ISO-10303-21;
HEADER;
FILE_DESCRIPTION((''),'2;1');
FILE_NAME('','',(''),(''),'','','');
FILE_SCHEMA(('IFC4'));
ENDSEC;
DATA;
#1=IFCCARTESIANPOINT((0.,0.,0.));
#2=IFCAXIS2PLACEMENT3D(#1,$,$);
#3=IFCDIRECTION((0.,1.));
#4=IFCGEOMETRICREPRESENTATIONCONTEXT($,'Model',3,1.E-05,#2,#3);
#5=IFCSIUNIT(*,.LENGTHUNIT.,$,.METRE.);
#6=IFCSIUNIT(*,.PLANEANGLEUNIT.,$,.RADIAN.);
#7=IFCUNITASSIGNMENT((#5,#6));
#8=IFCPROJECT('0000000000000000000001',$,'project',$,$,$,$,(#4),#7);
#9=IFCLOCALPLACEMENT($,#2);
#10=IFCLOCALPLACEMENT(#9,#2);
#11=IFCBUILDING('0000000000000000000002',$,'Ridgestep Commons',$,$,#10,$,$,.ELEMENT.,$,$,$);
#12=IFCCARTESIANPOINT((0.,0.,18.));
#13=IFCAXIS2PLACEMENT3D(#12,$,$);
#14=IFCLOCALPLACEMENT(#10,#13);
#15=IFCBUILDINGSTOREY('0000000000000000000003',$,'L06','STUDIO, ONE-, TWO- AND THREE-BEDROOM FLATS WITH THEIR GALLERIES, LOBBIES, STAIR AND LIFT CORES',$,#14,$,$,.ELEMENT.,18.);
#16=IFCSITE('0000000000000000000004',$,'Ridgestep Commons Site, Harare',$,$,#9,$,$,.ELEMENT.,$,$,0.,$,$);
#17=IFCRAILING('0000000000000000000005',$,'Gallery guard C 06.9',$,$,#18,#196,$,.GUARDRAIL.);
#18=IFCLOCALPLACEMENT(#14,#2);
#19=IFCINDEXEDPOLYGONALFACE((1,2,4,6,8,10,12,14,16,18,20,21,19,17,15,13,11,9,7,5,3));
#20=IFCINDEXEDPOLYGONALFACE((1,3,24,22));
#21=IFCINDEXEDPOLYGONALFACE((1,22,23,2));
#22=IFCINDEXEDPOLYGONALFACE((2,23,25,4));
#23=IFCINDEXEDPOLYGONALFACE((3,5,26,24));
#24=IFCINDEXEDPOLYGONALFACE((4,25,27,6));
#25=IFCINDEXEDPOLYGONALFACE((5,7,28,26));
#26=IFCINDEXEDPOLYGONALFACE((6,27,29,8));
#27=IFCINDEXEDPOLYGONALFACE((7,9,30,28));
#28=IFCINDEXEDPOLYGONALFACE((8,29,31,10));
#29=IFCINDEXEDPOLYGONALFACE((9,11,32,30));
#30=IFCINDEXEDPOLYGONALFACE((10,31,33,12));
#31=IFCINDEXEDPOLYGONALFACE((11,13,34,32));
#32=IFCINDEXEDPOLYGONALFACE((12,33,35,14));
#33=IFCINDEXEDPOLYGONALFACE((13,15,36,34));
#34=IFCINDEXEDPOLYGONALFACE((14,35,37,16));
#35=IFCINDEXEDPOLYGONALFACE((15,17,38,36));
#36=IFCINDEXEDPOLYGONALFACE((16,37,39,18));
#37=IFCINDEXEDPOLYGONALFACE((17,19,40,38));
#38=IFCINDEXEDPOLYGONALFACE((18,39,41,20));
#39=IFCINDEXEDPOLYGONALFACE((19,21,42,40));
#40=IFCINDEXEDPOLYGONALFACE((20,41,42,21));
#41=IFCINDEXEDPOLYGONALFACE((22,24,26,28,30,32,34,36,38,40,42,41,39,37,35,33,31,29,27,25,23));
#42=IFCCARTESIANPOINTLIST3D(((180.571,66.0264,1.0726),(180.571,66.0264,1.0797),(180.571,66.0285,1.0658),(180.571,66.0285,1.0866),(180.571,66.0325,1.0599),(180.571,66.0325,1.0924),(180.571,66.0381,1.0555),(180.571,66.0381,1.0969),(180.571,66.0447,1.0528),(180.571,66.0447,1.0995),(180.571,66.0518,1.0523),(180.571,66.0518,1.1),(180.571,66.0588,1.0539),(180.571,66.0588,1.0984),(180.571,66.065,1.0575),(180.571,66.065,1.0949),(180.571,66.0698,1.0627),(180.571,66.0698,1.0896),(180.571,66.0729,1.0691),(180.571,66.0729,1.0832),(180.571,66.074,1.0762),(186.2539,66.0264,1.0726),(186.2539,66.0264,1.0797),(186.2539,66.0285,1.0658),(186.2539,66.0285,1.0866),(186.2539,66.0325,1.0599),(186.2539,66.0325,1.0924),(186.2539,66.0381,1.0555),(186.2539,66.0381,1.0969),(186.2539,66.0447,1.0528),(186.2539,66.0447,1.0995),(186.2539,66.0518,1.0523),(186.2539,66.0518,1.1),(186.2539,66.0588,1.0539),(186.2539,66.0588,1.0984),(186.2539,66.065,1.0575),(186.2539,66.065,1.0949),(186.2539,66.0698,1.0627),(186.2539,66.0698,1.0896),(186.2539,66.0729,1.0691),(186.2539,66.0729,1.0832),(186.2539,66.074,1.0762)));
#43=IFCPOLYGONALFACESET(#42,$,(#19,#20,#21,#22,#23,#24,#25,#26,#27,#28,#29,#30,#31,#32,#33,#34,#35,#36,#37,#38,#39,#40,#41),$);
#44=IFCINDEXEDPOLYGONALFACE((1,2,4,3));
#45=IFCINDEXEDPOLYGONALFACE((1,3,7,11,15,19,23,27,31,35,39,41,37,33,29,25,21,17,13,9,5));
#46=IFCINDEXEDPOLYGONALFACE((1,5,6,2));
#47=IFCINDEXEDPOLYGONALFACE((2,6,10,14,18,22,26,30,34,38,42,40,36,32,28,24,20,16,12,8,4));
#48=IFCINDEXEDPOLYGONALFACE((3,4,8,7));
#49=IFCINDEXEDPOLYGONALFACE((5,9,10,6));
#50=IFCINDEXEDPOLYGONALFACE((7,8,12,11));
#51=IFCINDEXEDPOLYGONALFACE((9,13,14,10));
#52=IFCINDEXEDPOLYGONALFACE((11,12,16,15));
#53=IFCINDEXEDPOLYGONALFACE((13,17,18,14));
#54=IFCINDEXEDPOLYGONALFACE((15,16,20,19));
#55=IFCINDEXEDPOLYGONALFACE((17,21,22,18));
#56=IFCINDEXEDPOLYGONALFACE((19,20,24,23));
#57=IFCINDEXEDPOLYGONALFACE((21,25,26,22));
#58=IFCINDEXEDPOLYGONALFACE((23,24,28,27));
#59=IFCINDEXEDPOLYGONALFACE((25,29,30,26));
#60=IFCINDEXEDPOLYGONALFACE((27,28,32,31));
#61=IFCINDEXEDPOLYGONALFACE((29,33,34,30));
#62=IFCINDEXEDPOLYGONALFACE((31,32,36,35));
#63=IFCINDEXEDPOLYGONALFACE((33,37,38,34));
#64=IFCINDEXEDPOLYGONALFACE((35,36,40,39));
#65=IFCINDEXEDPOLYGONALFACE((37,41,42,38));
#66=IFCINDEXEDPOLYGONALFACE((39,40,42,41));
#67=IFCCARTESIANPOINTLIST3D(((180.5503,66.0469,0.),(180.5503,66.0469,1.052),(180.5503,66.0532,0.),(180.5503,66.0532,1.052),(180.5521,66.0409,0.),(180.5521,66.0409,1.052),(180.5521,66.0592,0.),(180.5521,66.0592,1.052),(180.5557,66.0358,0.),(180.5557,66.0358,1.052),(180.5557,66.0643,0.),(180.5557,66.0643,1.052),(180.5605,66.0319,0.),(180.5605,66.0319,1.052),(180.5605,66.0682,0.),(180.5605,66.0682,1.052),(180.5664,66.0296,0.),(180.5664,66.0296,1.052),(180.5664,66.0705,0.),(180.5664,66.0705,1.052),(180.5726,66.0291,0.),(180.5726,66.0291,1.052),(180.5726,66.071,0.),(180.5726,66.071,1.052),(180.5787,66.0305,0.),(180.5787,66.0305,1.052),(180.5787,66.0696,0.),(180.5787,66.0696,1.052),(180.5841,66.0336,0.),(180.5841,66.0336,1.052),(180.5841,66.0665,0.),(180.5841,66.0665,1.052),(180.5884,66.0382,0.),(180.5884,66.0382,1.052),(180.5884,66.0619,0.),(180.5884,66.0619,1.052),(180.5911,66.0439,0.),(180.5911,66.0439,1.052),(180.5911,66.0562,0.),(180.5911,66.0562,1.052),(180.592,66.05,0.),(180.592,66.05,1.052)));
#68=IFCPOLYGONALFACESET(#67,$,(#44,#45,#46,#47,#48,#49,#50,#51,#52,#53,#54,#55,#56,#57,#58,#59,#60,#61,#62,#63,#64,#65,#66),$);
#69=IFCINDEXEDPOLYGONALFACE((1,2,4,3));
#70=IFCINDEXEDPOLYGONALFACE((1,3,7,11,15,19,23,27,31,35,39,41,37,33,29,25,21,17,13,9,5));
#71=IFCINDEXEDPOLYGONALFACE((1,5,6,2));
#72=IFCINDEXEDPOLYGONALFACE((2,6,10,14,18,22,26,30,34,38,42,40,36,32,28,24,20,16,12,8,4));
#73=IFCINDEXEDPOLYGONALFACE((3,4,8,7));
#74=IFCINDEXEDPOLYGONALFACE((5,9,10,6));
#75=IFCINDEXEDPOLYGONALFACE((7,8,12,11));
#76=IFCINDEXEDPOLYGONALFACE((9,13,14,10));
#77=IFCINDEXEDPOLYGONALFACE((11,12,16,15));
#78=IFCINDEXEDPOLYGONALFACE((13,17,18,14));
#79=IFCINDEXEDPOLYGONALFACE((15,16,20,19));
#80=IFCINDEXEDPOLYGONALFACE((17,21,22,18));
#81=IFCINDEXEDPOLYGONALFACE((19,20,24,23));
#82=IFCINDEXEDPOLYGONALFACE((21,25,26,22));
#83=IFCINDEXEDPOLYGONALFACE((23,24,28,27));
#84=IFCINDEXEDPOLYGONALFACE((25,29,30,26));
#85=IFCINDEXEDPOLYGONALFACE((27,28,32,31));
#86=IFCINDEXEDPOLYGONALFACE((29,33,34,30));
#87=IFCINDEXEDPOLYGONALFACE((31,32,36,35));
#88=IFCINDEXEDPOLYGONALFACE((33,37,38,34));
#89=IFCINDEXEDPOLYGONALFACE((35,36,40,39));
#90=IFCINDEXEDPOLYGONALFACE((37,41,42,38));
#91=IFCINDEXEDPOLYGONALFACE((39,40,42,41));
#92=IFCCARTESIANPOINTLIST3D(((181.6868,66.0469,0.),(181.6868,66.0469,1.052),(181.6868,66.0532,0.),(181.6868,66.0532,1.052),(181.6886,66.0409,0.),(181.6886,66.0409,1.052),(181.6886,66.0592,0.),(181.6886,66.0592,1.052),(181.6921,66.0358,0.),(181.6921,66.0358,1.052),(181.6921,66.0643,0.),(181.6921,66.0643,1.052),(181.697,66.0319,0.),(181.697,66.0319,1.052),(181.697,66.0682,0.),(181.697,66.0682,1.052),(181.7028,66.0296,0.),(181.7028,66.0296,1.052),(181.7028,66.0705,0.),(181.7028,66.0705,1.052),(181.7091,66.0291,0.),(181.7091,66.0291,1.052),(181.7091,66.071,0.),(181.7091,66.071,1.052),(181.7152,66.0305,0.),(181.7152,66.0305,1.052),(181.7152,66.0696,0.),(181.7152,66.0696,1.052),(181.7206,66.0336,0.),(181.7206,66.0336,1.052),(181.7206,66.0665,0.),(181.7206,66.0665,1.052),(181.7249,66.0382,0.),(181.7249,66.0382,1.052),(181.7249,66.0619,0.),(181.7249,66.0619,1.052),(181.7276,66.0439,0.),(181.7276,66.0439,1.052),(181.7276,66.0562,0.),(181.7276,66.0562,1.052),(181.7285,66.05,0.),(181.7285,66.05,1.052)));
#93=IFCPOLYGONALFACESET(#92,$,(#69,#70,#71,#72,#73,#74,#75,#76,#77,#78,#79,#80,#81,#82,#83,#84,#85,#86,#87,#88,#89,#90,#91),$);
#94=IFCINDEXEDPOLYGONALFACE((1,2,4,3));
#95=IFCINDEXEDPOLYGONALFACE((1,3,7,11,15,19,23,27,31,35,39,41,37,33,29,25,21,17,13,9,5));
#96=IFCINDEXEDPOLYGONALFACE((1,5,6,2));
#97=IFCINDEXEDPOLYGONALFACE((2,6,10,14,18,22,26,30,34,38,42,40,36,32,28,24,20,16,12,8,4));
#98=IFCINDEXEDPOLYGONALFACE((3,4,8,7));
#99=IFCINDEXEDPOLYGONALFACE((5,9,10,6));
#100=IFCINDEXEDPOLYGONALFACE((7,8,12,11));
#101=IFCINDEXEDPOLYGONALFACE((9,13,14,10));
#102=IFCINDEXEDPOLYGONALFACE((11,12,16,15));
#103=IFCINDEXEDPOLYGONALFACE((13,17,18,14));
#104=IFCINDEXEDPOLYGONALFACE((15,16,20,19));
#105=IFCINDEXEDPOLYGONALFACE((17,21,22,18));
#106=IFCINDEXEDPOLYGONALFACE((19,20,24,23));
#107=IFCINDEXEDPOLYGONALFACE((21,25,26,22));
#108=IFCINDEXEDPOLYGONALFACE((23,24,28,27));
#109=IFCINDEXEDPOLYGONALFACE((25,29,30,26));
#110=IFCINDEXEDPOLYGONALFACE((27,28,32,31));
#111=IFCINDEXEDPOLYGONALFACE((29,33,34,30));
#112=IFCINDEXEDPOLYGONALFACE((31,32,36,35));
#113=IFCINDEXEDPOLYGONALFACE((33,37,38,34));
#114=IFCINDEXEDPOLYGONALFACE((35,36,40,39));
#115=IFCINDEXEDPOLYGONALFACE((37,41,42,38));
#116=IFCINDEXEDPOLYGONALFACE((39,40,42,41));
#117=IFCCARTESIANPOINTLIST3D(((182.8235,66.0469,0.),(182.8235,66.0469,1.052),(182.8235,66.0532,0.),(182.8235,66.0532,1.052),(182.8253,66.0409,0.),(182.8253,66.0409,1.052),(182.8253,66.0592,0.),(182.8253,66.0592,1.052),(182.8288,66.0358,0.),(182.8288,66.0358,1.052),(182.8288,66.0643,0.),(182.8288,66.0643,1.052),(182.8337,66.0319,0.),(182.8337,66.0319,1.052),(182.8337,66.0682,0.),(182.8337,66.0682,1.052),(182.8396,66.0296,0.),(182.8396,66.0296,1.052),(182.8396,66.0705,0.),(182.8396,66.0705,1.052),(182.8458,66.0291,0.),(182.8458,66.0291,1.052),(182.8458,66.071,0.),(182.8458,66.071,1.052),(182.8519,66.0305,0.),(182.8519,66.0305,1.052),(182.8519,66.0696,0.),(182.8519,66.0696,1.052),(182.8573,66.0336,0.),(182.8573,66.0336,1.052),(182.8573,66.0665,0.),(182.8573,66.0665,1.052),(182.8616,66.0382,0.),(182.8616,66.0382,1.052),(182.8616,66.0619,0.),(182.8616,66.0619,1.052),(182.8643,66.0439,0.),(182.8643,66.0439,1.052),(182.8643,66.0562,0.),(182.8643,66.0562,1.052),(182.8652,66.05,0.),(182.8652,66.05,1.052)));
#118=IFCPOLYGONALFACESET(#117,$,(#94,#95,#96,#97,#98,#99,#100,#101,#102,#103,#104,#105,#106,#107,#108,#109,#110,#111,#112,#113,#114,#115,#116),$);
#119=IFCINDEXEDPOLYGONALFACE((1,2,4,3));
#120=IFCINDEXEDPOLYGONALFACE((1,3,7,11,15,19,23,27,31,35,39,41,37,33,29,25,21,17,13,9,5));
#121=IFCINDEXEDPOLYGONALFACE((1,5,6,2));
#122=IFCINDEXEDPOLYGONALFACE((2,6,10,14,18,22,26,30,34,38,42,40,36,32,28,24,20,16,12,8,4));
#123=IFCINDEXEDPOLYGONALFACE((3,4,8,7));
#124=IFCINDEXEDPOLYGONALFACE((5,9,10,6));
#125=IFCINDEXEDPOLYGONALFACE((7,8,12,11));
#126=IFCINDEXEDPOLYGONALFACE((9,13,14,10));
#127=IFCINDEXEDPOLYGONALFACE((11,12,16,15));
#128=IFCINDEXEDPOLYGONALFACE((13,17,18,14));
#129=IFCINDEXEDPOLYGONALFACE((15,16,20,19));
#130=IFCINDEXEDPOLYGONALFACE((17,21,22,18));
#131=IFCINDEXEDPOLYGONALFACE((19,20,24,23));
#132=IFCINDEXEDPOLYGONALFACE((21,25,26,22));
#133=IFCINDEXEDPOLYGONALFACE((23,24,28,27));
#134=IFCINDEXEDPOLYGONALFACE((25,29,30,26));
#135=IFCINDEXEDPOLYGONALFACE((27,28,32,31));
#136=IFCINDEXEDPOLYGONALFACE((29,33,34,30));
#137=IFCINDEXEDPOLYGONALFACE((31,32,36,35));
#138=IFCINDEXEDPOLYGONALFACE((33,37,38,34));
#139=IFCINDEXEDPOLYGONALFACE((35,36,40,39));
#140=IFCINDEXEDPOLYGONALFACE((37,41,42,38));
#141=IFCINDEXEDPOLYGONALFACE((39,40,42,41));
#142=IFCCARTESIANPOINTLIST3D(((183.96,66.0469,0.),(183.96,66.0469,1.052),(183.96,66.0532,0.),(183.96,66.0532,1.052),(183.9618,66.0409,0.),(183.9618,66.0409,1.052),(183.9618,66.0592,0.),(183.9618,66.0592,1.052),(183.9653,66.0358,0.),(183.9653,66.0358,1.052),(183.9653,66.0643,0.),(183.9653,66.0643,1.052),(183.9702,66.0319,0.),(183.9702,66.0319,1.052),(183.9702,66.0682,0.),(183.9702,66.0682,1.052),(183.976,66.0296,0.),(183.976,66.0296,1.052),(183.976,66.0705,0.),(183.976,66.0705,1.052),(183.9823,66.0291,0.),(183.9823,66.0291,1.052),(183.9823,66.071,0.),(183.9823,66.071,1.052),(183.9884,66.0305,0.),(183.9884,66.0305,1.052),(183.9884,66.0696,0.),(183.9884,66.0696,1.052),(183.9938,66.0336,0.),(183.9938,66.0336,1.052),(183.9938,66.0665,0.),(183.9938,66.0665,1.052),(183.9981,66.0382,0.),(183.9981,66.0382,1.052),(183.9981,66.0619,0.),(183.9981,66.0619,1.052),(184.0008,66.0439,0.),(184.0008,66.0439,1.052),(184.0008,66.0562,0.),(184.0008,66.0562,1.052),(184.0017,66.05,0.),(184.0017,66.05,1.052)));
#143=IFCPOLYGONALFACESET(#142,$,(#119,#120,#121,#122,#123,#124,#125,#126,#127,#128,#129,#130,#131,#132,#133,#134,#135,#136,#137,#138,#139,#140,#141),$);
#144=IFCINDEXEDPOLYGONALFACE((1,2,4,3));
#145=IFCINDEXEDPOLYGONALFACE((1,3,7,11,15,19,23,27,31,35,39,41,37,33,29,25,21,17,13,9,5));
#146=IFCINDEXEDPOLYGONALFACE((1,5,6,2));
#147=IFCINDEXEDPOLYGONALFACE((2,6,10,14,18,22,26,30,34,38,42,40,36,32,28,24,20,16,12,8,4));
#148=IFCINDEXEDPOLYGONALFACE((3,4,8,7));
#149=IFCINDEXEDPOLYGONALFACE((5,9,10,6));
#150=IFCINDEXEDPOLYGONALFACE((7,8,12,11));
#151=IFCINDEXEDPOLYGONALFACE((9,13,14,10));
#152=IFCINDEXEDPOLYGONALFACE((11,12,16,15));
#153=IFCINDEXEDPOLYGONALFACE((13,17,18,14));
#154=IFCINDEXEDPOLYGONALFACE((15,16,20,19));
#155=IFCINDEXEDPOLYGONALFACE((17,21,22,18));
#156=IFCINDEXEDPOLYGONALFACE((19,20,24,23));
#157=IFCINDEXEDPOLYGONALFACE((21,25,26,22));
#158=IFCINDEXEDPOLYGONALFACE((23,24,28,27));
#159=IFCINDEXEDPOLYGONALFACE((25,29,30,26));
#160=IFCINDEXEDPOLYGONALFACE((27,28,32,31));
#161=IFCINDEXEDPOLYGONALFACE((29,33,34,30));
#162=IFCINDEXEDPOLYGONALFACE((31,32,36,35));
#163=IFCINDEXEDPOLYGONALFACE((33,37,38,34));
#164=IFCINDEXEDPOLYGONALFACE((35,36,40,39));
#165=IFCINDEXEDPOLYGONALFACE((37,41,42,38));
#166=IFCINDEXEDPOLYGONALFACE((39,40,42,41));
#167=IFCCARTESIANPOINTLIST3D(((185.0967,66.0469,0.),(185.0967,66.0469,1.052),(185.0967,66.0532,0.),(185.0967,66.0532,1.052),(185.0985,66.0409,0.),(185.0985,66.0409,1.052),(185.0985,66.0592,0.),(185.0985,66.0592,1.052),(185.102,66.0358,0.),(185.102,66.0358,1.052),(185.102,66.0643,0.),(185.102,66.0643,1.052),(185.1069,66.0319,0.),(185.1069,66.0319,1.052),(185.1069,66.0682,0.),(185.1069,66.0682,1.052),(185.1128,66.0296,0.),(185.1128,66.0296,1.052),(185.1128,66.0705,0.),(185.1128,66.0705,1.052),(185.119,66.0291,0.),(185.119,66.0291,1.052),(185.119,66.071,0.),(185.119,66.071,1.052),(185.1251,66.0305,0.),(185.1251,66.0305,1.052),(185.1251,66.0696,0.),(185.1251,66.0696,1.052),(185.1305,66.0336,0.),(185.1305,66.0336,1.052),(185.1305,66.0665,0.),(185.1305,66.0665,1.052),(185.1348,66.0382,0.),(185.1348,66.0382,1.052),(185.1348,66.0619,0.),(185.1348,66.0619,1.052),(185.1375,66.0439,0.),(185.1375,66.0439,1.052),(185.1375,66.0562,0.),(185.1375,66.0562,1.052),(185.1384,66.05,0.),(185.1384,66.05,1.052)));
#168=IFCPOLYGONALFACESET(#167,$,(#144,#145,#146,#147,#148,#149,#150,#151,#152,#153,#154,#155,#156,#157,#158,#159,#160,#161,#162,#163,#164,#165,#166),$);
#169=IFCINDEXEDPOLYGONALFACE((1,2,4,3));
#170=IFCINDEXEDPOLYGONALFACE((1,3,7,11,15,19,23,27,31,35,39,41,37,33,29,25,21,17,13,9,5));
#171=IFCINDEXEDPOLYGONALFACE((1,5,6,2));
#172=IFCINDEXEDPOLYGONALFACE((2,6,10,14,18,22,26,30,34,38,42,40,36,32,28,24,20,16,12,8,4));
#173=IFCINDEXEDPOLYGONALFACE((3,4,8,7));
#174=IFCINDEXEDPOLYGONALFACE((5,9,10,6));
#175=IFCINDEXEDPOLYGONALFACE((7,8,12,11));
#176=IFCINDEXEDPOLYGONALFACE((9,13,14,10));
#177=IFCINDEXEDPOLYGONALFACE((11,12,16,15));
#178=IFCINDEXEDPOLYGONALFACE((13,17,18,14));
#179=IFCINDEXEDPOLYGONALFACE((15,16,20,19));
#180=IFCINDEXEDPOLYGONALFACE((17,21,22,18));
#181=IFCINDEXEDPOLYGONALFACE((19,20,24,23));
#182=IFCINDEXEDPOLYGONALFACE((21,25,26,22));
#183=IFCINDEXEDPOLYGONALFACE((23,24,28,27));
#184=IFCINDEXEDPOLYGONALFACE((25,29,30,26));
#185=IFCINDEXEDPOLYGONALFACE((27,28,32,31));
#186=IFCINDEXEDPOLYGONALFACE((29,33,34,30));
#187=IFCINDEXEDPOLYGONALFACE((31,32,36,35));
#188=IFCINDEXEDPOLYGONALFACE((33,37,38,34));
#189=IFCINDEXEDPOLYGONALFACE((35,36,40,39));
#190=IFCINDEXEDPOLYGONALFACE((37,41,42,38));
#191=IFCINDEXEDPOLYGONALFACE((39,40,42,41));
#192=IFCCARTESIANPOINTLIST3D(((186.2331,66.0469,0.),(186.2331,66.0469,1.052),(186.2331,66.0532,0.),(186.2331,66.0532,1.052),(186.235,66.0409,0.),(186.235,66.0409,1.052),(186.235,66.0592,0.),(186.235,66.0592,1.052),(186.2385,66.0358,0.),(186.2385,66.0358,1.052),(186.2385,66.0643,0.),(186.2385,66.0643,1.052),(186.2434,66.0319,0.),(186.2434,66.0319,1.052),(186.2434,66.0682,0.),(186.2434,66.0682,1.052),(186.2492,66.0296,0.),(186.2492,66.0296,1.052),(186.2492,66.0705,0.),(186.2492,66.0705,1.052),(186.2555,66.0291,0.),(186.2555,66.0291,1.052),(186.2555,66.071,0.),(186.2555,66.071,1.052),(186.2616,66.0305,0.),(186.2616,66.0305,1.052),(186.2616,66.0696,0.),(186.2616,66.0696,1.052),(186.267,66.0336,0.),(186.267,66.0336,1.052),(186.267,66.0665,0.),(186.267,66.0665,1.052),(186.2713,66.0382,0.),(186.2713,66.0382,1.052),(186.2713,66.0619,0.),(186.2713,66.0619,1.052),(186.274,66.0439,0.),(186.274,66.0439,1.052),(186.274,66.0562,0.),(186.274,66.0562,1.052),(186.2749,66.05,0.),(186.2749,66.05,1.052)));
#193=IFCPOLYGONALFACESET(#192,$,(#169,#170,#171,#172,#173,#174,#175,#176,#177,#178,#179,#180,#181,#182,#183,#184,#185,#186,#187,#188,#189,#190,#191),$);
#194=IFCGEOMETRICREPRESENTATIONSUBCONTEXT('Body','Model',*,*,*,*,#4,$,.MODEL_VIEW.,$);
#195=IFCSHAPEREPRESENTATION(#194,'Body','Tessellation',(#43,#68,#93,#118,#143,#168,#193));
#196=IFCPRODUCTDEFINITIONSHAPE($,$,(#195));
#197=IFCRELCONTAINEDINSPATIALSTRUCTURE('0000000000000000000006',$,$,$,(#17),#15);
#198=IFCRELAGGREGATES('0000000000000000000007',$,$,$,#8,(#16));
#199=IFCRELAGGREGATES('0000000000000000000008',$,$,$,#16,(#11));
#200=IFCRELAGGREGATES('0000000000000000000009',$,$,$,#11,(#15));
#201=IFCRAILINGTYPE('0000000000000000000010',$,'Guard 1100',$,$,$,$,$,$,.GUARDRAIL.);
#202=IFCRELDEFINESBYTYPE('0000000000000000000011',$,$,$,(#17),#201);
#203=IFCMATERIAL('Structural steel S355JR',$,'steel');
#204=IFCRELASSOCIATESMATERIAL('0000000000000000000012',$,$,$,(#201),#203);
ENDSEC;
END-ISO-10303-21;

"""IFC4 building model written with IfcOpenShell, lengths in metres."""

from ifc_helpers import new_model, si_unit, direction, frame, origin, origin_2d, place, context, subcontext, project, spatial, circle, extrude, material, type_object, element, save


model = new_model("IFC4")

# Units and contexts
model_context = context("Model", 3, precision=1e-05, world=origin(), true_north=direction((0.0, 1.0)))
body_context = subcontext(model_context, "Body", "Model", "MODEL_VIEW")
ifc_project = project(units=[si_unit("LENGTHUNIT", "METRE"), si_unit("PLANEANGLEUNIT", "RADIAN")], contexts=[model_context])

# Site, building, storey
site_placement = place(None, origin())
site = spatial("IfcSite", under=ifc_project, at=site_placement, Name="Ridgestep Commons Site, Harare", CompositionType="ELEMENT", RefElevation=0.0)
building_placement = place(site_placement, origin())
building = spatial("IfcBuilding", under=site, at=building_placement, Name="Ridgestep Commons", CompositionType="ELEMENT")
storey_placement = place(building_placement, frame((0.0, 0.0, 18.0)))
storey = spatial("IfcBuildingStorey", under=building, at=storey_placement, Name="L06", Description="STUDIO, ONE-, TWO- AND THREE-BEDROOM FLATS WITH THEIR GALLERIES, LOBBIES, STAIR AND LIFT CORES", CompositionType="ELEMENT", Elevation=18.0)

# Railing
ifc_material_1 = material(Name="Structural steel S355JR", Category="steel")
railing_type_1 = type_object("IfcRailingType", Name="Guard 1100", PredefinedType="GUARDRAIL", material=ifc_material_1)
railing_1_placement = place(storey_placement, frame((180.571, 66.05, 0.0)))
element("IfcRailing", 1, at=railing_1_placement, inside=storey, type_object=railing_type_1, Name="Gallery guard C 06.9", PredefinedType="GUARDRAIL", context=body_context, shape_type="SweptSolid", body=[
    extrude(circle(Radius=0.0239, at=origin_2d()), frame((0.0, 0.0, 1.0762), z_axis=(1.0, 0.0, 0.0), x_axis=(0.0, 1.0, 0.0)), (0.0, 0.0, 1.0), 5.6829),
    extrude(circle(Radius=0.021, at=origin_2d()), origin(), (0.0, 0.0, 1.0), 1.052),
    extrude(circle(Radius=0.021, at=origin_2d()), frame((1.1365, 0.0, 0.0)), (0.0, 0.0, 1.0), 1.052),
    extrude(circle(Radius=0.021, at=origin_2d()), frame((2.2732, 0.0, 0.0)), (0.0, 0.0, 1.0), 1.052),
    extrude(circle(Radius=0.021, at=origin_2d()), frame((3.4097, 0.0, 0.0)), (0.0, 0.0, 1.0), 1.052),
    extrude(circle(Radius=0.021, at=origin_2d()), frame((4.5464, 0.0, 0.0)), (0.0, 0.0, 1.0), 1.052),
    extrude(circle(Radius=0.021, at=origin_2d()), frame((5.6829, 0.0, 0.0)), (0.0, 0.0, 1.0), 1.052),
])

save(model, "model.ifc")
